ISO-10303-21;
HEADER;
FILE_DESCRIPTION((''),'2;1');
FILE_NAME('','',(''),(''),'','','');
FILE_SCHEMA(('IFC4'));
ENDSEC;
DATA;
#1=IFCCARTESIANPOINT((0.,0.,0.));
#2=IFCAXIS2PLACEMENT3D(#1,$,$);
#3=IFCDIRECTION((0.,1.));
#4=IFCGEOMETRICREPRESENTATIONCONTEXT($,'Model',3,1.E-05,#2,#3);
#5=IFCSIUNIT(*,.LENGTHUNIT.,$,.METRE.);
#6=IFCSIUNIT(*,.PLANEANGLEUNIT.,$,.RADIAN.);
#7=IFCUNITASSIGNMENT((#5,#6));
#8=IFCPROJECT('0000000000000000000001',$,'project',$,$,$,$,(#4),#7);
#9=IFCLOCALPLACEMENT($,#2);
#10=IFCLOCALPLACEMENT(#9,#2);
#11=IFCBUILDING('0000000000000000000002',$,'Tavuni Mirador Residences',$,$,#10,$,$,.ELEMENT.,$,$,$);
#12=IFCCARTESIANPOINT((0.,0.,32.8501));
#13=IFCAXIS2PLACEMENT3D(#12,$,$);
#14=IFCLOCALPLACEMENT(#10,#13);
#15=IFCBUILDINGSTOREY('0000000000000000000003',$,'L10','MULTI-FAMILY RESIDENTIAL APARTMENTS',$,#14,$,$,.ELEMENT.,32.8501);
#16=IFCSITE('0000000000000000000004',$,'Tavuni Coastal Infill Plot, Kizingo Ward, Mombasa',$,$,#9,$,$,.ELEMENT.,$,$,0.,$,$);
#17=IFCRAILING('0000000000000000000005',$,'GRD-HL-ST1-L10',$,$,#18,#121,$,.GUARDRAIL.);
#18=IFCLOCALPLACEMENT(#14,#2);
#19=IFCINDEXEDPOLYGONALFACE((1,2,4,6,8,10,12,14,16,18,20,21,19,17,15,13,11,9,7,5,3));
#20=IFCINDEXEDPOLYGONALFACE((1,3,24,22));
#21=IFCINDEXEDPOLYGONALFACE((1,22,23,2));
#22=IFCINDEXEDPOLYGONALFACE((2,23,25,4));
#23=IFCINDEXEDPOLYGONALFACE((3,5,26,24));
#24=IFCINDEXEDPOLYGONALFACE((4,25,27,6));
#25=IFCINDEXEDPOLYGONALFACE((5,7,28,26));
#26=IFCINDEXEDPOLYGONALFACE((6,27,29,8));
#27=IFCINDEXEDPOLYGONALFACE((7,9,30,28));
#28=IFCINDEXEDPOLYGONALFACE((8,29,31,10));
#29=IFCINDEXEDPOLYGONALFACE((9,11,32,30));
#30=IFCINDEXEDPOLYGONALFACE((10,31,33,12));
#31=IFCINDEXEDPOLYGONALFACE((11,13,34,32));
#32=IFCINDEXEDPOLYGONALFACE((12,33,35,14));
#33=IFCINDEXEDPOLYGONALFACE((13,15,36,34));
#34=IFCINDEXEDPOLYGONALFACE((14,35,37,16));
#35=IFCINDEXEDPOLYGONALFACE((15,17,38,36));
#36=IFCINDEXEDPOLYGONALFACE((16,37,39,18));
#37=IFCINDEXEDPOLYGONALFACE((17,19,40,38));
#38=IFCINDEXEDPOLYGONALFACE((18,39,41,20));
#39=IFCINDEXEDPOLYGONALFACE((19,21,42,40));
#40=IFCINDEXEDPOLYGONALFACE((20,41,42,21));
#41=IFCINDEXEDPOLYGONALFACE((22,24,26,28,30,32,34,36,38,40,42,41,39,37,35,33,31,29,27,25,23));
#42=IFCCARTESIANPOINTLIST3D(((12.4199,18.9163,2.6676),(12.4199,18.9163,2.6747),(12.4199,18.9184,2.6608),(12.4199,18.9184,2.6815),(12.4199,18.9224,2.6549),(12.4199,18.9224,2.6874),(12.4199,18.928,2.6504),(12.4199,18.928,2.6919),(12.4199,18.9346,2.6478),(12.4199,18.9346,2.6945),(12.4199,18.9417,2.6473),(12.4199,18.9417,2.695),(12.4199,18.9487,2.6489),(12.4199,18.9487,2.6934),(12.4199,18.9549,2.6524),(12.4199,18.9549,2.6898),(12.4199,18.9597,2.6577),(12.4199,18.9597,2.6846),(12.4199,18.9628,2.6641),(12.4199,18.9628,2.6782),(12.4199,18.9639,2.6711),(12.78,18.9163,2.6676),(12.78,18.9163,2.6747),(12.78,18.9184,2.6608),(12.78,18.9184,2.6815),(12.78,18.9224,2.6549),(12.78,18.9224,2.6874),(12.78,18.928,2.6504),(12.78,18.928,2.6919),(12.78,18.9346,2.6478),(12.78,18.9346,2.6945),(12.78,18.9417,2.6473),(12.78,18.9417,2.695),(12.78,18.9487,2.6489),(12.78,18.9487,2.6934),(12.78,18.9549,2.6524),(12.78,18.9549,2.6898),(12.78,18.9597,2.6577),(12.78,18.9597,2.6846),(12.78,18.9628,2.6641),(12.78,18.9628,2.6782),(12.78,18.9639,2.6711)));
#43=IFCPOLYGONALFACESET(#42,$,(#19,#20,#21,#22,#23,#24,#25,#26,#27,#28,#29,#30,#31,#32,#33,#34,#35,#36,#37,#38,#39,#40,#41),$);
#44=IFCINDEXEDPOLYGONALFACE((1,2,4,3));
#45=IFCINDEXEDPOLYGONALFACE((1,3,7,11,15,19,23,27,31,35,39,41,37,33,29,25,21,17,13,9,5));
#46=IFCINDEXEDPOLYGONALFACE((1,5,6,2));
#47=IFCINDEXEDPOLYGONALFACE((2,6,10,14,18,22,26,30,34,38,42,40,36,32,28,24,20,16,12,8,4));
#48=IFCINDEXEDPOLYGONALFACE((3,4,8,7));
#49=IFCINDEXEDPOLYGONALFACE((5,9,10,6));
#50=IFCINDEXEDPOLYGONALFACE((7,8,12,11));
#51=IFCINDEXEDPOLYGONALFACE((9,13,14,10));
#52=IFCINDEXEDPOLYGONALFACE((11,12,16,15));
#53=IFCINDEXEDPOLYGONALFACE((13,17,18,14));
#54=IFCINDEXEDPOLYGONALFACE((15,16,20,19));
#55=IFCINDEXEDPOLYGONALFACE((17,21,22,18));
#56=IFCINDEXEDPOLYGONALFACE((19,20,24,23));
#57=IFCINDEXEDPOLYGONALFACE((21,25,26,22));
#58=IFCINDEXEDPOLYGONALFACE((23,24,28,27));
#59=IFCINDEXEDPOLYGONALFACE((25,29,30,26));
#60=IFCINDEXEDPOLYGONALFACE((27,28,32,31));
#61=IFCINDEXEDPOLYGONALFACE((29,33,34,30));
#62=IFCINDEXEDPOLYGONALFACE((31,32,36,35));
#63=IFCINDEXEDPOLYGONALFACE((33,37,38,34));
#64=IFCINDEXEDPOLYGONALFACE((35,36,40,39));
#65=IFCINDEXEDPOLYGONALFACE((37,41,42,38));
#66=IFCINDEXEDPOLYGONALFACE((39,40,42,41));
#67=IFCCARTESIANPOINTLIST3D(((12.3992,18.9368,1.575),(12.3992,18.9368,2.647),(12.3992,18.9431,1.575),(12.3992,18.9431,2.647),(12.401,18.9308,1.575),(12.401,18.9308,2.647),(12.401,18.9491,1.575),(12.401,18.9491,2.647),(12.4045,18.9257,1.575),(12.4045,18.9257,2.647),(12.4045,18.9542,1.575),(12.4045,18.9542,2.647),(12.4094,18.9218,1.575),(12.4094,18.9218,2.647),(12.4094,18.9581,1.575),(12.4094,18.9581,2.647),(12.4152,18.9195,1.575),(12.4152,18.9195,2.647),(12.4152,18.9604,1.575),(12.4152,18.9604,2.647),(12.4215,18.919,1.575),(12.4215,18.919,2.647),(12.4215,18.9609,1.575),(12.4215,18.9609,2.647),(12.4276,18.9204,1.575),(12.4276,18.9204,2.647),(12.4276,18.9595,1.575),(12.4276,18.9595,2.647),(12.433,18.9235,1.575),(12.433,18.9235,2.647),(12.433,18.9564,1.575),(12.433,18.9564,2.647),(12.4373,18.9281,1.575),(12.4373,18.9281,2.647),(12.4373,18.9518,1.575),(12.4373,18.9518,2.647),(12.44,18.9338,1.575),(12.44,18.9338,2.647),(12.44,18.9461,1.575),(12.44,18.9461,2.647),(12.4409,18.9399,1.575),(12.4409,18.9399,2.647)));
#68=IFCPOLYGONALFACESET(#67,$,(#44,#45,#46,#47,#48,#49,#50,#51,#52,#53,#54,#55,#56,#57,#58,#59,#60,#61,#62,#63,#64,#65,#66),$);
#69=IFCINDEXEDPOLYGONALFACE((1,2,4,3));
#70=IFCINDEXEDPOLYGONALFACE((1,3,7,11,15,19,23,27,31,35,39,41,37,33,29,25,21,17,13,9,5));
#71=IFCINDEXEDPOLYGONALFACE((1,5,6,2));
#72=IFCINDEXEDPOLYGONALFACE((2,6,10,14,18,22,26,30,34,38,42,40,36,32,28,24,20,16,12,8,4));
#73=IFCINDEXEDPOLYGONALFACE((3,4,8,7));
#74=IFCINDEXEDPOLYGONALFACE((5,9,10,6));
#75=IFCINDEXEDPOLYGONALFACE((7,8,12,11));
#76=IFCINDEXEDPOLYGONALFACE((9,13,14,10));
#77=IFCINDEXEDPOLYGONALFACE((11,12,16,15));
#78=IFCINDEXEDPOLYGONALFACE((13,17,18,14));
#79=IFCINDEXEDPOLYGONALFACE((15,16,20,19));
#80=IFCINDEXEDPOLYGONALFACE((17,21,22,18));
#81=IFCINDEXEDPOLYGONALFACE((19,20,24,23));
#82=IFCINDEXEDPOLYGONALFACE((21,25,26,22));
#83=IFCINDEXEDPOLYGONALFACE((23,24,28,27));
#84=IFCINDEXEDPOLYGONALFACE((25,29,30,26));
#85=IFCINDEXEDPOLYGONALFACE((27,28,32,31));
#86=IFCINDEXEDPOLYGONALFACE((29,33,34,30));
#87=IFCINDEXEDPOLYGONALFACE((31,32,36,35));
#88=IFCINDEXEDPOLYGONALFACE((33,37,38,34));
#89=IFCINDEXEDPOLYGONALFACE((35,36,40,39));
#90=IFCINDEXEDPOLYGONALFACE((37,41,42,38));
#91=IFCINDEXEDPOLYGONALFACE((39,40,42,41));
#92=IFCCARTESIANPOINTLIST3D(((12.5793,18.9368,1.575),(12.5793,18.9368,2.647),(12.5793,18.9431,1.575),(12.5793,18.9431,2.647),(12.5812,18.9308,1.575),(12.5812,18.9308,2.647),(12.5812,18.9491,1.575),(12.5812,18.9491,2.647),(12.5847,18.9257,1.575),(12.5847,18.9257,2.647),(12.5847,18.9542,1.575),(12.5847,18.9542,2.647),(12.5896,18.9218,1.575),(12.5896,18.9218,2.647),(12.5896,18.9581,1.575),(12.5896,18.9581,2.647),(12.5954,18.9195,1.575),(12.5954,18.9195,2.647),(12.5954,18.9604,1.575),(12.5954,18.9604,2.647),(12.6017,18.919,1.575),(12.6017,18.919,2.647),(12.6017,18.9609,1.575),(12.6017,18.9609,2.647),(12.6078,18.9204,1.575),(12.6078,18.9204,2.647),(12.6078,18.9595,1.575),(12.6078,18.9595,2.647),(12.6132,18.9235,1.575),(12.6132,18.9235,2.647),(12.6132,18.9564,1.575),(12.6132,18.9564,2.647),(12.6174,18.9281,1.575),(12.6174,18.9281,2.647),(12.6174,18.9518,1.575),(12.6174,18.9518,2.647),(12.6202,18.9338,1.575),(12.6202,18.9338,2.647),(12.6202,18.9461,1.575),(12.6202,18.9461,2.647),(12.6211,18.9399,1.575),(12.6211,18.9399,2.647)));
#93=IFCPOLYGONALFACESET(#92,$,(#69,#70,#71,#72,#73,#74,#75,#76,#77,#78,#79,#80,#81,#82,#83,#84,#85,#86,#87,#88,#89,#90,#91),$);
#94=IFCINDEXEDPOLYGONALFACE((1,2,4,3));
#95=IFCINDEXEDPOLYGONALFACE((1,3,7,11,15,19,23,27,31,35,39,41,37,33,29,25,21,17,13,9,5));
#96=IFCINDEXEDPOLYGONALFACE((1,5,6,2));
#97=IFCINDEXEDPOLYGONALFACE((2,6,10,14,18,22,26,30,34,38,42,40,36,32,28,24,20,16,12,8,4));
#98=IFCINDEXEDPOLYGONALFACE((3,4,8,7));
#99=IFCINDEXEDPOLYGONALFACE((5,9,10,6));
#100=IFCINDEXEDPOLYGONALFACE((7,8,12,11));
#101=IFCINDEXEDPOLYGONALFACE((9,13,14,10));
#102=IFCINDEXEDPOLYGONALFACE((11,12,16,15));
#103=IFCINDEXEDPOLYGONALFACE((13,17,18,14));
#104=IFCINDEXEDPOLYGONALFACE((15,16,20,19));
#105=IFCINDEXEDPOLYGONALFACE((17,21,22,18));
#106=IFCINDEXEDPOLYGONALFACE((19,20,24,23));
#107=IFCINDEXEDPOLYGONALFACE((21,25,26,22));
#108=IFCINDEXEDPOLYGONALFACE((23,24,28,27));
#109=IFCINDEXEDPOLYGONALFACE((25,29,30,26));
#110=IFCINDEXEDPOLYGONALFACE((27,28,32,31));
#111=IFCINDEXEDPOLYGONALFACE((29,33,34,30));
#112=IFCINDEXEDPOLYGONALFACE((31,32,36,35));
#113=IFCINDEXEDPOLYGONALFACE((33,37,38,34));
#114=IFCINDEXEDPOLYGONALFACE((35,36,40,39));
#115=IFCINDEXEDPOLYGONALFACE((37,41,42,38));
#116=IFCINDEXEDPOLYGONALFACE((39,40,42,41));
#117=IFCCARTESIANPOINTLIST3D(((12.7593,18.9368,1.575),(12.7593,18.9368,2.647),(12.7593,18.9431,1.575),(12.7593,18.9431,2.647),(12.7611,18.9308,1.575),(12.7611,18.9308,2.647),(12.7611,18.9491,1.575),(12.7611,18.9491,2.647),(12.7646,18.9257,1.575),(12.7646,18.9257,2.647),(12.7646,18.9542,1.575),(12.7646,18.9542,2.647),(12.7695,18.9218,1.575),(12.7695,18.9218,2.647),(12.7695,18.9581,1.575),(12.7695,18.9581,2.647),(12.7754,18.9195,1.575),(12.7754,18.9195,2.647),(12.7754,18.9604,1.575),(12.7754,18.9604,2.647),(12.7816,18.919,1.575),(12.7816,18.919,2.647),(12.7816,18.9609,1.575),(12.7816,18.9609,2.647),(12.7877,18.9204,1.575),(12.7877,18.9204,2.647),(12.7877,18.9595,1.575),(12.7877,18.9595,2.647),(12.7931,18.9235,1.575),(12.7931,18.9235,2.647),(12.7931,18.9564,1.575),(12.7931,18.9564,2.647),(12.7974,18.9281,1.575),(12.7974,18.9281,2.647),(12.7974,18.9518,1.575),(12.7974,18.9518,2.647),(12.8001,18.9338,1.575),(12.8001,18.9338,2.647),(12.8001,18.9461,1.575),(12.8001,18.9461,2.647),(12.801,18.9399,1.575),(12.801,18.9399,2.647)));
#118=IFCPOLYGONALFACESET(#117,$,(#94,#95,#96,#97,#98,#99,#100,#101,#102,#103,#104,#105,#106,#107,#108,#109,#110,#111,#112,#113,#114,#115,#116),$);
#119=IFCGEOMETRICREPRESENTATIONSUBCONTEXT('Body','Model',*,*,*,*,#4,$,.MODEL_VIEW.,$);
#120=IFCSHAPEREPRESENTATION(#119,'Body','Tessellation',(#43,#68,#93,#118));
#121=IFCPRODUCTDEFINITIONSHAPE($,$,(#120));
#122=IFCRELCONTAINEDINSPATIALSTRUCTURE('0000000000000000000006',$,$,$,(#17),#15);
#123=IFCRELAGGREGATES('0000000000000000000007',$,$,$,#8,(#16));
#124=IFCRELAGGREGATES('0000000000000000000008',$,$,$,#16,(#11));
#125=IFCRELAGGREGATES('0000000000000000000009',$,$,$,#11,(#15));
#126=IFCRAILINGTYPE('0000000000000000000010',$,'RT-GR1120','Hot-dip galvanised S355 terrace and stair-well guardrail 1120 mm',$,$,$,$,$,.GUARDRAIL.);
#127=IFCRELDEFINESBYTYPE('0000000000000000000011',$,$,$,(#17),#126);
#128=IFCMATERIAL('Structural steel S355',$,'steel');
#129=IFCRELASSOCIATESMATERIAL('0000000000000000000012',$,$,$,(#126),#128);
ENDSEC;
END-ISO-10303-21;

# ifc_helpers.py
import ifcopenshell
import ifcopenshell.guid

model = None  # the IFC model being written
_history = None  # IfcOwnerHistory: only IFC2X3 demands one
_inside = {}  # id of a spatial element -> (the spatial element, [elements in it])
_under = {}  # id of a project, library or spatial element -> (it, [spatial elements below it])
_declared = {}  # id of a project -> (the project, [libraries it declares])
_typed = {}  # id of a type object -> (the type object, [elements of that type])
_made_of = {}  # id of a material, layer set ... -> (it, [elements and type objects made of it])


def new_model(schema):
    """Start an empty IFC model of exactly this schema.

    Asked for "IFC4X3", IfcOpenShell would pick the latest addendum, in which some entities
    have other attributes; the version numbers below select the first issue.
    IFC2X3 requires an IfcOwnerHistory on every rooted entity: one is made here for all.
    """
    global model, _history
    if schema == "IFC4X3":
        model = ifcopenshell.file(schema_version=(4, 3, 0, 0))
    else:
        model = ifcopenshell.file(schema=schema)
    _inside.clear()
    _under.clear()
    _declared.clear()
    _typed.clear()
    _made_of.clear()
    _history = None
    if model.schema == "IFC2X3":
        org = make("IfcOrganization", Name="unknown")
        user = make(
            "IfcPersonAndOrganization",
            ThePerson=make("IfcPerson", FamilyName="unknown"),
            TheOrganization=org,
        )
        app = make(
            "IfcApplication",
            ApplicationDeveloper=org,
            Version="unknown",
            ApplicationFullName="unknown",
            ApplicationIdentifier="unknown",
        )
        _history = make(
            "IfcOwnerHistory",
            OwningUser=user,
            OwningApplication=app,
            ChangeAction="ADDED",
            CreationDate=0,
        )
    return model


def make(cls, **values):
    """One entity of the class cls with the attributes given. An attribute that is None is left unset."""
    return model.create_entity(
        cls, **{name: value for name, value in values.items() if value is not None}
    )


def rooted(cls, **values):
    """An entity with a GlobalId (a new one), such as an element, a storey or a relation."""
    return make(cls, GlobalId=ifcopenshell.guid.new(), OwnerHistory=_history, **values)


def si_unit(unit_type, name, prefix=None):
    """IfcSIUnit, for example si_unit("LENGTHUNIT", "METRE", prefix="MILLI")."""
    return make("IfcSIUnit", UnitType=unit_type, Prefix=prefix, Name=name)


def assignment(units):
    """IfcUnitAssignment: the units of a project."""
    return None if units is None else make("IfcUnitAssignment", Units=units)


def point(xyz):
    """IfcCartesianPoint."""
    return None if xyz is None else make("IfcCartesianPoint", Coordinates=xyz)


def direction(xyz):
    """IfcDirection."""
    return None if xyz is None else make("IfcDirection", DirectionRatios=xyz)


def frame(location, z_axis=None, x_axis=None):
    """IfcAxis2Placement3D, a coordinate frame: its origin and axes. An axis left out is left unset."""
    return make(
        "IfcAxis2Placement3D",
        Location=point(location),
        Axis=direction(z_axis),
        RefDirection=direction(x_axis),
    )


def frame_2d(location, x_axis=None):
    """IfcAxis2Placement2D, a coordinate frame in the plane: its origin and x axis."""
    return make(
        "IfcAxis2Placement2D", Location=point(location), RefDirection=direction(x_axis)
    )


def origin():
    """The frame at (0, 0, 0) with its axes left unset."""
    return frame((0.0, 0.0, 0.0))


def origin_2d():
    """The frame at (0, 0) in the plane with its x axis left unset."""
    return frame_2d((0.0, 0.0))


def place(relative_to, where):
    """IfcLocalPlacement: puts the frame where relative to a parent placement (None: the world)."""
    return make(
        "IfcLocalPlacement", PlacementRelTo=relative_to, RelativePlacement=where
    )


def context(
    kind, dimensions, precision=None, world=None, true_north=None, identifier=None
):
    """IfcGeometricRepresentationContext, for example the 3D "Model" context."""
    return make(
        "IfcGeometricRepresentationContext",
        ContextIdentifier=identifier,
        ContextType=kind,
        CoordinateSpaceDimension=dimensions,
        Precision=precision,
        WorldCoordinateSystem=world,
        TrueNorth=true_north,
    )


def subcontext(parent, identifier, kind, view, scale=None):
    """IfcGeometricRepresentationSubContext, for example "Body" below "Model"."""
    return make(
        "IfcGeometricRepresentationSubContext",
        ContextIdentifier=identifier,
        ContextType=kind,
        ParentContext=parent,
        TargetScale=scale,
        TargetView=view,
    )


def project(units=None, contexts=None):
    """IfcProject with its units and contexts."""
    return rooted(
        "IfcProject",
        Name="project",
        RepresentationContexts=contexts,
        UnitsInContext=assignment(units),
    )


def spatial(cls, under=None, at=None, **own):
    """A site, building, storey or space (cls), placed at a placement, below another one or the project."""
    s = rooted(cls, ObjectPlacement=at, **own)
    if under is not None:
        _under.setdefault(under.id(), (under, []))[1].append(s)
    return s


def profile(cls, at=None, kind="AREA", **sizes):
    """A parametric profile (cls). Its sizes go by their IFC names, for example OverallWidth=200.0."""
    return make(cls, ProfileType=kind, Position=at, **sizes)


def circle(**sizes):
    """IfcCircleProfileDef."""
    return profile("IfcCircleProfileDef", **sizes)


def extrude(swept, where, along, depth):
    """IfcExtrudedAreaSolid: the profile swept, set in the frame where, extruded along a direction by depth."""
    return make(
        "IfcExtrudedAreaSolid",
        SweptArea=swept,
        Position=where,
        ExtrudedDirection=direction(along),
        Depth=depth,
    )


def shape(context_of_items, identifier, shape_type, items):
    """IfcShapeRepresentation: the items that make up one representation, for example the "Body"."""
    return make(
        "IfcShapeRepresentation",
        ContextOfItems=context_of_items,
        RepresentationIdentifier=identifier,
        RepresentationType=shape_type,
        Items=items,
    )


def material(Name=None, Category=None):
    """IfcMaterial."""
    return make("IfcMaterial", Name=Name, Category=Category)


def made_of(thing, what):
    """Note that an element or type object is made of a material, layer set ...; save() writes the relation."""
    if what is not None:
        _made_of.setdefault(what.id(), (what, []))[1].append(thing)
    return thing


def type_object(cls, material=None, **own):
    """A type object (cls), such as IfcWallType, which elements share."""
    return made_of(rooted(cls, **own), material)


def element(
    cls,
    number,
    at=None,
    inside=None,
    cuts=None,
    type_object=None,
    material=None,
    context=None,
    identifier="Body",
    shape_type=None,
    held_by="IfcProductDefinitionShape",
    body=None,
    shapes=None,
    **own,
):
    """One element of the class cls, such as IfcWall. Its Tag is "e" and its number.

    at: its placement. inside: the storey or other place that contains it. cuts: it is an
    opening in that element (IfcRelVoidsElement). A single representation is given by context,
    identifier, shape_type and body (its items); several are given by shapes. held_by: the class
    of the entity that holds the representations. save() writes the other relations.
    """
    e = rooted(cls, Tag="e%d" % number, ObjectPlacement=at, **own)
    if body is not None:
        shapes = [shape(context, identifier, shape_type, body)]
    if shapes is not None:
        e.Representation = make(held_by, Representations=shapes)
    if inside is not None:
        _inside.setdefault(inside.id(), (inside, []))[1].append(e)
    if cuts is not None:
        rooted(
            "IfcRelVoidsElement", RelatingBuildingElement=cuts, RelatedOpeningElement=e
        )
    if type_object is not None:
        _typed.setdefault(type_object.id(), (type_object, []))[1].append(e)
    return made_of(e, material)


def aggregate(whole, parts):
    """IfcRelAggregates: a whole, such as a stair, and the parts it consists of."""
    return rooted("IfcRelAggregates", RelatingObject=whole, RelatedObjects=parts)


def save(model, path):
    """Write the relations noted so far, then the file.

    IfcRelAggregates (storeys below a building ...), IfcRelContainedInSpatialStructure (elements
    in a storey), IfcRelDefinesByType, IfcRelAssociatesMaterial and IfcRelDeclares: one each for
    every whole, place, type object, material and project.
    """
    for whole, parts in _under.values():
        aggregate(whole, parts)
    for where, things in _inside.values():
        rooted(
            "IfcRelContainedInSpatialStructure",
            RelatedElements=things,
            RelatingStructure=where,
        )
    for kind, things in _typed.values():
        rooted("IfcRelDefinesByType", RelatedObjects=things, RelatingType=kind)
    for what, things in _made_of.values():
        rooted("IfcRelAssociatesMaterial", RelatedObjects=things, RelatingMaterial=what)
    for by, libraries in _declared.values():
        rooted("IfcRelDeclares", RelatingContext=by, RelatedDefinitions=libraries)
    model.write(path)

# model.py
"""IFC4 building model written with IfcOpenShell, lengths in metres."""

from ifc_helpers import new_model, si_unit, direction, frame, origin, origin_2d, place, context, subcontext, project, spatial, circle, extrude, material, type_object, element, save


model = new_model("IFC4")

# Units and contexts
model_context = context("Model", 3, precision=1e-05, world=origin(), true_north=direction((0.0, 1.0)))
body_context = subcontext(model_context, "Body", "Model", "MODEL_VIEW")
ifc_project = project(units=[si_unit("LENGTHUNIT", "METRE"), si_unit("PLANEANGLEUNIT", "RADIAN")], contexts=[model_context])

# Site, building, storey
site_placement = place(None, origin())
site = spatial("IfcSite", under=ifc_project, at=site_placement, Name="Tavuni Coastal Infill Plot, Kizingo Ward, Mombasa", CompositionType="ELEMENT", RefElevation=0.0)
building_placement = place(site_placement, origin())
building = spatial("IfcBuilding", under=site, at=building_placement, Name="Tavuni Mirador Residences", CompositionType="ELEMENT")
storey_placement = place(building_placement, frame((0.0, 0.0, 32.8501)))
storey = spatial("IfcBuildingStorey", under=building, at=storey_placement, Name="L10", Description="MULTI-FAMILY RESIDENTIAL APARTMENTS", CompositionType="ELEMENT", Elevation=32.8501)

# Shared definitions
ifc_material_1 = material(Name="Structural steel S355", Category="steel")

# Railing
railing_type_1 = type_object("IfcRailingType", Name="RT-GR1120", Description="Hot-dip galvanised S355 terrace and stair-well guardrail 1120 mm", PredefinedType="GUARDRAIL", material=ifc_material_1)
railing_1_placement = place(storey_placement, frame((12.4199, 18.9399, 1.575)))
element("IfcRailing", 1, at=railing_1_placement, inside=storey, type_object=railing_type_1, Name="GRD-HL-ST1-L10", PredefinedType="GUARDRAIL", context=body_context, shape_type="SweptSolid", body=[
    extrude(circle(Radius=0.0239, at=origin_2d()), frame((0.0, 0.0, 1.0962), z_axis=(1.0, 0.0, 0.0), x_axis=(0.0, 1.0, 0.0)), (0.0, 0.0, 1.0), 0.3601),
    extrude(circle(Radius=0.021, at=origin_2d()), origin(), (0.0, 0.0, 1.0), 1.072),
    extrude(circle(Radius=0.021, at=origin_2d()), frame((0.1802, 0.0, 0.0)), (0.0, 0.0, 1.0), 1.072),
    extrude(circle(Radius=0.021, at=origin_2d()), frame((0.3601, 0.0, 0.0)), (0.0, 0.0, 1.0), 1.072),
])

save(model, "model.ifc")
